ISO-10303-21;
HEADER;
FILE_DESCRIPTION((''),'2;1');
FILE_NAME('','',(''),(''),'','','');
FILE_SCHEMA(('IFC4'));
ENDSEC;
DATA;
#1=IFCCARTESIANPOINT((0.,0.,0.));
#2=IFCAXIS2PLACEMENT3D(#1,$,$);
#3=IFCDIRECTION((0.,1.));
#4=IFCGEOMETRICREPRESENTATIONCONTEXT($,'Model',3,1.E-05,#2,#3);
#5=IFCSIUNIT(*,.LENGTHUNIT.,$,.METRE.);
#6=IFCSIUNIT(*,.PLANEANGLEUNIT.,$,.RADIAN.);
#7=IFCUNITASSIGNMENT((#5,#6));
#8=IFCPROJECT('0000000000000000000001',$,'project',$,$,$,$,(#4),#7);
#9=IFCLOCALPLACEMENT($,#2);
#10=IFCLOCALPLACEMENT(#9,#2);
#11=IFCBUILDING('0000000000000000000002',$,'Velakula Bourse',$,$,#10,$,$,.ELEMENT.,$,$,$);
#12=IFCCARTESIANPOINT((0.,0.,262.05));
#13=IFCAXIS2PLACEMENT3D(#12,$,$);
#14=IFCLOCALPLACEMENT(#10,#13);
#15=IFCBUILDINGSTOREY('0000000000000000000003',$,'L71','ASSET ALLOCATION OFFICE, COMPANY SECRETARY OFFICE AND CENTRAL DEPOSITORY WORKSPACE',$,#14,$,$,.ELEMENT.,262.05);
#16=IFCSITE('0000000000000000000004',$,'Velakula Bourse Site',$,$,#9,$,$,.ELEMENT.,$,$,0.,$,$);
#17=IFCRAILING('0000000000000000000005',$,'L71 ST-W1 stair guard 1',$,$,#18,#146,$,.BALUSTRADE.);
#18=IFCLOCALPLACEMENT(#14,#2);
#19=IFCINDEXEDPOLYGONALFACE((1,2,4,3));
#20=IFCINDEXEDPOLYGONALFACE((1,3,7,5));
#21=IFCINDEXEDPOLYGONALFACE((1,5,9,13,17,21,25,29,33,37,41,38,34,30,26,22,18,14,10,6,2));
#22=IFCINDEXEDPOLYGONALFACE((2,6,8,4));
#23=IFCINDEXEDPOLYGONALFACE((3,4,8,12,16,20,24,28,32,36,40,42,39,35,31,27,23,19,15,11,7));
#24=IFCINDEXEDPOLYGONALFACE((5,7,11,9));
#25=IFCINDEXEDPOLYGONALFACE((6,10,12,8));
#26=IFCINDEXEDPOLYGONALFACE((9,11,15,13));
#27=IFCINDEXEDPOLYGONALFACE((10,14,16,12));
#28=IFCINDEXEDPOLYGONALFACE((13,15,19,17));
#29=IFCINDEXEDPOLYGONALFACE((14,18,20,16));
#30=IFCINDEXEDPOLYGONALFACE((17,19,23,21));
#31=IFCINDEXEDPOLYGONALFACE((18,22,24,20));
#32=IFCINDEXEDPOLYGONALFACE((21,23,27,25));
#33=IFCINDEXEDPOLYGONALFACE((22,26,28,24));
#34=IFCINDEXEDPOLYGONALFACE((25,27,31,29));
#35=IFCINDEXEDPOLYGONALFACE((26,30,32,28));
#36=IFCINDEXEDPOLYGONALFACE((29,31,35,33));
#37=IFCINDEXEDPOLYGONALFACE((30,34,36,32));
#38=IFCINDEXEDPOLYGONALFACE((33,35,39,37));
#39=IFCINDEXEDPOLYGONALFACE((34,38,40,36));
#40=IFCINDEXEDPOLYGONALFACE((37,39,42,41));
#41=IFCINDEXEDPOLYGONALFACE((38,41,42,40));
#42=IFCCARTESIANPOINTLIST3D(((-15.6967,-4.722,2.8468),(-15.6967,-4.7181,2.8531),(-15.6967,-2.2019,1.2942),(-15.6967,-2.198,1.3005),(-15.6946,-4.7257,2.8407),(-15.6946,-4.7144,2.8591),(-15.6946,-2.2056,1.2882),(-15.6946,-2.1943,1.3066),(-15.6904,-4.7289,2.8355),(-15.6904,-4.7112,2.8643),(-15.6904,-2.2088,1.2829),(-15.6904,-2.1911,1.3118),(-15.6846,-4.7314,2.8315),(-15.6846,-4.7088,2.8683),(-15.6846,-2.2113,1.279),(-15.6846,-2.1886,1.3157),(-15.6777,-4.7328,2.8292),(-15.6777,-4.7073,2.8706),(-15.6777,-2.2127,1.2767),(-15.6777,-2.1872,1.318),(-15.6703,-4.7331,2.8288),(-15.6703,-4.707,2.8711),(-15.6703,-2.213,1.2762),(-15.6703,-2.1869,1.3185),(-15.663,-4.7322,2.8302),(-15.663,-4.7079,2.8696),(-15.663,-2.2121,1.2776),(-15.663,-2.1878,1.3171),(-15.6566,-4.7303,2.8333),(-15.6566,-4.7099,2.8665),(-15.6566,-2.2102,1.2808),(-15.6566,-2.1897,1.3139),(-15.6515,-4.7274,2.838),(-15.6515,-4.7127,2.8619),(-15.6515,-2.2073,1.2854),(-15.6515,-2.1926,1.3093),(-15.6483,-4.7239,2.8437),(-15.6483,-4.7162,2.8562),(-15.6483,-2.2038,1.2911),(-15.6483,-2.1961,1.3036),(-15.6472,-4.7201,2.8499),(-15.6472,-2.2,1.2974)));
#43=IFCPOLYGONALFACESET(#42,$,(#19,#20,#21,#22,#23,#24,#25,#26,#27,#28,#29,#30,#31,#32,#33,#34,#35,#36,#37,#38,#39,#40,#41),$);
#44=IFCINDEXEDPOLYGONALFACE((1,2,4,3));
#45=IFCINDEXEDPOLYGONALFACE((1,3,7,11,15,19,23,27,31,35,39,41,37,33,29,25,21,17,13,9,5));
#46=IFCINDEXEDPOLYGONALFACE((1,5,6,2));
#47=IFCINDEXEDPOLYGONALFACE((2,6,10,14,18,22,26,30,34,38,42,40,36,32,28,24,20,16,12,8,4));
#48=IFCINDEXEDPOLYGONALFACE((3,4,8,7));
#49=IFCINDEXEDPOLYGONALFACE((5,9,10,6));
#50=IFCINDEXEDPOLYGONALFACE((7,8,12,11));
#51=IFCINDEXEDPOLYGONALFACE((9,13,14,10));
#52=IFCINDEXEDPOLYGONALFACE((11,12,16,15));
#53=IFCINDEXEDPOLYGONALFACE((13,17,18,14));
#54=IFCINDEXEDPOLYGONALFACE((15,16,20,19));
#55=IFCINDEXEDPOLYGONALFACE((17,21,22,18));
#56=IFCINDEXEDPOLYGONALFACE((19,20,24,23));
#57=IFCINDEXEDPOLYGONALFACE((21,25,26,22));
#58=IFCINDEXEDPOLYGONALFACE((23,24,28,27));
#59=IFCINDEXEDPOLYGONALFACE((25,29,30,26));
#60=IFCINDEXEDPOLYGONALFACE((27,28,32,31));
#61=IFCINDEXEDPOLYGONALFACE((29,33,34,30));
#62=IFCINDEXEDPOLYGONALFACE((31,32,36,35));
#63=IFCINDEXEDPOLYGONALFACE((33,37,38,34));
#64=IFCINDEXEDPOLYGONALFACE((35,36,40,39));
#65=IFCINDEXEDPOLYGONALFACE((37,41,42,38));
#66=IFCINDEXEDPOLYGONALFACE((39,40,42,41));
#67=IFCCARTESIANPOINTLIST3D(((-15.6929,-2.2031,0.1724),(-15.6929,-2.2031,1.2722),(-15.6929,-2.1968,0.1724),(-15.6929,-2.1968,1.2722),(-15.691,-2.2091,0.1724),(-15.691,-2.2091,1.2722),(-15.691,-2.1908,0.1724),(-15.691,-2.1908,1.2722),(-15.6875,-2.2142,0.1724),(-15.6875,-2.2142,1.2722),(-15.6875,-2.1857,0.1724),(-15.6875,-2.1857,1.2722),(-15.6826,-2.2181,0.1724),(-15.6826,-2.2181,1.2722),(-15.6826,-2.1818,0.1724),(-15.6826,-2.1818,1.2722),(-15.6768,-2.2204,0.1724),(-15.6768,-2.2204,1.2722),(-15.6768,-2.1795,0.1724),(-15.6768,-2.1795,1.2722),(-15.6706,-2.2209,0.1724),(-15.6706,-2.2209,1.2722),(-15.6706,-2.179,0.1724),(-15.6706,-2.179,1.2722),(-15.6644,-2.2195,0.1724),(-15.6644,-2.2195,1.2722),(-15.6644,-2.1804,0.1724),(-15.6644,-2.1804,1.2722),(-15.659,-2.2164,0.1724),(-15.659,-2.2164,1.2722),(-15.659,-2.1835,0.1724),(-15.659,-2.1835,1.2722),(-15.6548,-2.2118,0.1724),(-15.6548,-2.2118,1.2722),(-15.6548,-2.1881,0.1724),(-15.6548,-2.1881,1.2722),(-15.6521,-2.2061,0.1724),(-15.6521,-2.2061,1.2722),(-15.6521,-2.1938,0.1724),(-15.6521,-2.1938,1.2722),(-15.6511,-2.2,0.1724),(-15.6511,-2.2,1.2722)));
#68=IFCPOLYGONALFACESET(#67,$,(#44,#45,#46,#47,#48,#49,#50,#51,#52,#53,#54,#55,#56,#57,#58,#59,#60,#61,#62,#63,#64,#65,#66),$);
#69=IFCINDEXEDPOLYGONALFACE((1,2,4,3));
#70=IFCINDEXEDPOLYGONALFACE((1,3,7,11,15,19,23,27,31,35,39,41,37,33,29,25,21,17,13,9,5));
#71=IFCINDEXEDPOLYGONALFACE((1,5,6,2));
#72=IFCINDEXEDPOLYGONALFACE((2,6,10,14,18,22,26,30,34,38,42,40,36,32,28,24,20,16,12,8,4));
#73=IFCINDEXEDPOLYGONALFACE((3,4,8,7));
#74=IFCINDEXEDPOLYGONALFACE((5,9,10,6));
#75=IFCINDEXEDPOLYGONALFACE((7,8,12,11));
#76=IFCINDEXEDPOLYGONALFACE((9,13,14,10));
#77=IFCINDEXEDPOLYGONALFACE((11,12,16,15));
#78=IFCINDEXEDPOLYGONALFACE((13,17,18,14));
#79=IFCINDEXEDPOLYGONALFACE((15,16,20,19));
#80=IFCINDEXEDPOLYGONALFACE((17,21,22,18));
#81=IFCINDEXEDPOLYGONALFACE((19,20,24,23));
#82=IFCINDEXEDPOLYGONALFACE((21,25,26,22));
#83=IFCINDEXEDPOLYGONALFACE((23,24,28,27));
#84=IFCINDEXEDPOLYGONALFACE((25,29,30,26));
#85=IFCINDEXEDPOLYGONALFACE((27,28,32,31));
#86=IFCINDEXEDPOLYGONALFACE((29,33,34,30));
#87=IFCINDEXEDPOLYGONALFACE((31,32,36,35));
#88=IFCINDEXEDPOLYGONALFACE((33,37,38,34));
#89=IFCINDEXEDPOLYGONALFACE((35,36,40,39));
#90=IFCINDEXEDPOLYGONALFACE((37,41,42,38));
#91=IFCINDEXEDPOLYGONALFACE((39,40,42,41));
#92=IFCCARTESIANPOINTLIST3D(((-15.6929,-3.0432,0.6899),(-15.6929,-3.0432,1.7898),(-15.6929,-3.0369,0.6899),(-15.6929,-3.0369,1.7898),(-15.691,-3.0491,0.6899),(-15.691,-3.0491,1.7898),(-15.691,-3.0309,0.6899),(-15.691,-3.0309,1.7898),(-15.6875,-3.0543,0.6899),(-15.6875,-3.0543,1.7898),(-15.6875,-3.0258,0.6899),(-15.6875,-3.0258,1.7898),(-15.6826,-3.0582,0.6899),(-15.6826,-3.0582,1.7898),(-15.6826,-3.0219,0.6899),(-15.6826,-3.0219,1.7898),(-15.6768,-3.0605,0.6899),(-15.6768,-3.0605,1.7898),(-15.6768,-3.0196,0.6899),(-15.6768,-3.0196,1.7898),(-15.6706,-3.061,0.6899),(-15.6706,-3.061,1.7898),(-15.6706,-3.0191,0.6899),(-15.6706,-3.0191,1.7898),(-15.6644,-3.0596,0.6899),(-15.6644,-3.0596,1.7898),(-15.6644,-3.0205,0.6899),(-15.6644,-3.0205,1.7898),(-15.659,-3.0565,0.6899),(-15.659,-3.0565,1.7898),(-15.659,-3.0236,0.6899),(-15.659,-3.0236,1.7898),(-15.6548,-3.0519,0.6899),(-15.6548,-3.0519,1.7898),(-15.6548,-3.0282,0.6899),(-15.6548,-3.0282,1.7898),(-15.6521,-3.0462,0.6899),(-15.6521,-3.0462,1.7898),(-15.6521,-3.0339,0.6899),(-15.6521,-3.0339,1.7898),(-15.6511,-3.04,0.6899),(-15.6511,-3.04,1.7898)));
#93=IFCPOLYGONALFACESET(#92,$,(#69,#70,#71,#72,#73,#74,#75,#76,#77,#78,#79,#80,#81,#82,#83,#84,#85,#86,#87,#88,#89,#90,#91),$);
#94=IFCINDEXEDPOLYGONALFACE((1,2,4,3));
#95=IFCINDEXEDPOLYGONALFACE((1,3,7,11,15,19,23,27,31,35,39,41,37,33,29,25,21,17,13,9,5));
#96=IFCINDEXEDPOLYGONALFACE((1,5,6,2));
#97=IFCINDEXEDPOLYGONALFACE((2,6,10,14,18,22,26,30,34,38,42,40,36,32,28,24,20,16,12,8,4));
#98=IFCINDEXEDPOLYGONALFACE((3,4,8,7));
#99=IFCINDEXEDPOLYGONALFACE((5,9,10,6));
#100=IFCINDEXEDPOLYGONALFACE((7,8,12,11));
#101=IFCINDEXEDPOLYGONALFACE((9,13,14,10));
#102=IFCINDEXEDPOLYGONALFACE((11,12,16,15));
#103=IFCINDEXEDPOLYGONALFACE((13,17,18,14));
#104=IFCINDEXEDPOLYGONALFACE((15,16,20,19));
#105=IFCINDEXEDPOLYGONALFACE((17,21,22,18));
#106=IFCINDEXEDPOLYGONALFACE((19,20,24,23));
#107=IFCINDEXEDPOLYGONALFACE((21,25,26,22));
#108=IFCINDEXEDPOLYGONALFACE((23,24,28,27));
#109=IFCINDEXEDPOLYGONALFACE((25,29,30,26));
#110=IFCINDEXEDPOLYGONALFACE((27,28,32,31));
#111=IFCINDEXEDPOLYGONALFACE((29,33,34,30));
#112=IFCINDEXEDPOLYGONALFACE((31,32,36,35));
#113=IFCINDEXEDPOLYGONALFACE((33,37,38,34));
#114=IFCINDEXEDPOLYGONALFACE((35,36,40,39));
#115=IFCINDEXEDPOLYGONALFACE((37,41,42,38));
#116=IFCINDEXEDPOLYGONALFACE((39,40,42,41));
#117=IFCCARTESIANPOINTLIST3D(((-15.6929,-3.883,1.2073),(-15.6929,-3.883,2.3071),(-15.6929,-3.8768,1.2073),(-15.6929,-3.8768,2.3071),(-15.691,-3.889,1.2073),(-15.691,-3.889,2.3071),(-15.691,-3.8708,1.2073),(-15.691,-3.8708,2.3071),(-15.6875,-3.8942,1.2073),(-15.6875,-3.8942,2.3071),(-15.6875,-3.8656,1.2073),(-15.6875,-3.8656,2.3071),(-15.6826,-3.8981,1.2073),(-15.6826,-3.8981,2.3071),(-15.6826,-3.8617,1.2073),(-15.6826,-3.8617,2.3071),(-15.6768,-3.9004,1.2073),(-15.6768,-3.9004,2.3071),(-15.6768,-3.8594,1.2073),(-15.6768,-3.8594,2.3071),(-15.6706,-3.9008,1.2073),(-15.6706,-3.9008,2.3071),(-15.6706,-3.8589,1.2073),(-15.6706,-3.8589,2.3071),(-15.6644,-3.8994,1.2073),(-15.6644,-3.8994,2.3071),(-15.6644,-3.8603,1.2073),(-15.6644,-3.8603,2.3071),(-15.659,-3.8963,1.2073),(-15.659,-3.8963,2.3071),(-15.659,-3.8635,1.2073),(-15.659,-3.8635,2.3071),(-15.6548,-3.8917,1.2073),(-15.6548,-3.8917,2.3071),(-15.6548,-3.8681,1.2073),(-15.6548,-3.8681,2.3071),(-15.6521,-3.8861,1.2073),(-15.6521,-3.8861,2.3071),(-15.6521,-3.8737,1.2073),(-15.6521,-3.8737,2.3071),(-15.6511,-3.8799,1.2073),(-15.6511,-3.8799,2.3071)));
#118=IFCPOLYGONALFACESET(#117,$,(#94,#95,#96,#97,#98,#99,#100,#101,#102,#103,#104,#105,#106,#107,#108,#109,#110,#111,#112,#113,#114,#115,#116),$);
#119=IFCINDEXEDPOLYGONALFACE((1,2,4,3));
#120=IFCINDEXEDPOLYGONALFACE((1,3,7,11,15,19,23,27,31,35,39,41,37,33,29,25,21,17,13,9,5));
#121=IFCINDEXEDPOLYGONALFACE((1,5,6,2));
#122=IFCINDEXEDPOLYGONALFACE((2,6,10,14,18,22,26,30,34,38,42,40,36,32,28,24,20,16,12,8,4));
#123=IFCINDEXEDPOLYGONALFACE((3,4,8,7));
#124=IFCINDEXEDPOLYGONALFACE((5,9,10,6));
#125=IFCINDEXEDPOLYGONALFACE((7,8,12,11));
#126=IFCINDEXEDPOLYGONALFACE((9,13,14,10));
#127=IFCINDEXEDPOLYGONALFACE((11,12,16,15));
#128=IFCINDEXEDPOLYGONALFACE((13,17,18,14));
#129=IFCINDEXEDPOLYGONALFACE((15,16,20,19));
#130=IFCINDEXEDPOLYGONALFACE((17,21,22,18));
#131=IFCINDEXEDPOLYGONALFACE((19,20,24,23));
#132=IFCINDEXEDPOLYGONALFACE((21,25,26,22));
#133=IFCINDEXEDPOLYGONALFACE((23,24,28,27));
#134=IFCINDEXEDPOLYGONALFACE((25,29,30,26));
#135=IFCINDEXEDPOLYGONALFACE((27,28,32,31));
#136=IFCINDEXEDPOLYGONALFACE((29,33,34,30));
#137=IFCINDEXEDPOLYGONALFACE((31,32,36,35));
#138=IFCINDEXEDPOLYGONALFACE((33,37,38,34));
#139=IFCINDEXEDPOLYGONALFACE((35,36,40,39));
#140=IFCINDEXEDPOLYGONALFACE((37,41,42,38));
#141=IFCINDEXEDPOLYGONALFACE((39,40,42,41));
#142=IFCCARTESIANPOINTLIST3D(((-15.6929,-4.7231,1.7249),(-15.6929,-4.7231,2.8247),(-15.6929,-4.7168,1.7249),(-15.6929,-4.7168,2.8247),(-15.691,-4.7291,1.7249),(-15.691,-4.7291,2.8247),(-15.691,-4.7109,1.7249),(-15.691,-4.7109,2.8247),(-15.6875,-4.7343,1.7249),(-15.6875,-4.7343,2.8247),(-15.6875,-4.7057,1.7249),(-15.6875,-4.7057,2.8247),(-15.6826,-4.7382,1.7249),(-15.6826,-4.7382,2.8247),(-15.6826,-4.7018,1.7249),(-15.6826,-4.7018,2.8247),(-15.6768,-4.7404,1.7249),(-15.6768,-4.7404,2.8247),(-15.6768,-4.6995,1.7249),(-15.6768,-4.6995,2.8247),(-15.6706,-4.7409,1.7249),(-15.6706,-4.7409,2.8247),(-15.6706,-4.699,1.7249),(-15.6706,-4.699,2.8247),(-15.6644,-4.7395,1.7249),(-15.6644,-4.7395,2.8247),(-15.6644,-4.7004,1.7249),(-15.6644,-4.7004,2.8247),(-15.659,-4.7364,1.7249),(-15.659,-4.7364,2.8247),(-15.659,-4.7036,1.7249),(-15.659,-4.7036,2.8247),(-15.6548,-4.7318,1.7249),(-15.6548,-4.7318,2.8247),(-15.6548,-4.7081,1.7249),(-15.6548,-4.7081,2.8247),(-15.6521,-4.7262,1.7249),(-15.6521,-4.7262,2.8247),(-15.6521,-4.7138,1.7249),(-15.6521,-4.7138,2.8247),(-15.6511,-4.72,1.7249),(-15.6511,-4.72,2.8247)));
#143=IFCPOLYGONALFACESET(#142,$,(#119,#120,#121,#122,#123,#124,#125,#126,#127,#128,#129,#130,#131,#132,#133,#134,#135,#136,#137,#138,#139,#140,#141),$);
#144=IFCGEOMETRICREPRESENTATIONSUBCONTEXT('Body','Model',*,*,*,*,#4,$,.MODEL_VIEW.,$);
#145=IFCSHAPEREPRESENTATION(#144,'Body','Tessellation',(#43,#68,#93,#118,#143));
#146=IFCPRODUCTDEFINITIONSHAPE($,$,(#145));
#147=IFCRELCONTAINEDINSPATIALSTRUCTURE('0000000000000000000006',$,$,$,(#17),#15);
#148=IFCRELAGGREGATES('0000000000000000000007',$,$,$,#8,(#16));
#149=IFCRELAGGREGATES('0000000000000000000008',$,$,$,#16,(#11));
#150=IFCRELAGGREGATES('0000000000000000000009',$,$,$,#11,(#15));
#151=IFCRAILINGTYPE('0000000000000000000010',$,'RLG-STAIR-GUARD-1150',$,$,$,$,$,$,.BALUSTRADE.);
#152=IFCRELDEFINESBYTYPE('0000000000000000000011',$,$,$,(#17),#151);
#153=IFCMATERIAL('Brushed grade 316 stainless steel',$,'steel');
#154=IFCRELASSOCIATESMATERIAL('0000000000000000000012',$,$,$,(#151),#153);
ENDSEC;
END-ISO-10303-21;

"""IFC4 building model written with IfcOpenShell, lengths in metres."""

from ifc_helpers import new_model, si_unit, direction, frame, origin, origin_2d, place, context, subcontext, project, spatial, circle, extrude, material, type_object, element, save


model = new_model("IFC4")

# Units and contexts
model_context = context("Model", 3, precision=1e-05, world=origin(), true_north=direction((0.0, 1.0)))
body_context = subcontext(model_context, "Body", "Model", "MODEL_VIEW")
ifc_project = project(units=[si_unit("LENGTHUNIT", "METRE"), si_unit("PLANEANGLEUNIT", "RADIAN")], contexts=[model_context])

# Site, building, storey
site_placement = place(None, origin())
site = spatial("IfcSite", under=ifc_project, at=site_placement, Name="Velakula Bourse Site", CompositionType="ELEMENT", RefElevation=0.0)
building_placement = place(site_placement, origin())
building = spatial("IfcBuilding", under=site, at=building_placement, Name="Velakula Bourse", CompositionType="ELEMENT")
storey_placement = place(building_placement, frame((0.0, 0.0, 262.05)))
storey = spatial("IfcBuildingStorey", under=building, at=storey_placement, Name="L71", Description="ASSET ALLOCATION OFFICE, COMPANY SECRETARY OFFICE AND CENTRAL DEPOSITORY WORKSPACE", CompositionType="ELEMENT", Elevation=262.05)

# Shared definitions
ifc_material_1 = material(Name="Brushed grade 316 stainless steel", Category="steel")

# Railing
railing_type = type_object("IfcRailingType", Name="RLG-STAIR-GUARD-1150", PredefinedType="BALUSTRADE", material=ifc_material_1)
railing_1_placement = place(storey_placement, frame((-15.6721, -2.2, 0.1724)))
element("IfcRailing", 1, at=railing_1_placement, inside=storey, type_object=railing_type, Name="L71 ST-W1 stair guard 1", PredefinedType="BALUSTRADE", context=body_context, shape_type="SweptSolid", body=[
    extrude(circle(Radius=0.0249, at=origin_2d()), frame((0.0, 0.0, 1.125), z_axis=(0.0, -0.8514, 0.524516), x_axis=(1.0, 0.0, 0.0)), (0.0, 0.0, 1.0), 2.96),
    extrude(circle(Radius=0.021, at=origin_2d()), origin(), (0.0, 0.0, 1.0), 1.0999),
    extrude(circle(Radius=0.021, at=origin_2d()), frame((0.0, -0.8401, 0.5176)), (0.0, 0.0, 1.0), 1.0999),
    extrude(circle(Radius=0.021, at=origin_2d()), frame((0.0, -1.6799, 1.0349)), (0.0, 0.0, 1.0), 1.0999),
    extrude(circle(Radius=0.021, at=origin_2d()), frame((0.0, -2.52, 1.5525)), (0.0, 0.0, 1.0), 1.0999),
])

save(model, "model.ifc")
